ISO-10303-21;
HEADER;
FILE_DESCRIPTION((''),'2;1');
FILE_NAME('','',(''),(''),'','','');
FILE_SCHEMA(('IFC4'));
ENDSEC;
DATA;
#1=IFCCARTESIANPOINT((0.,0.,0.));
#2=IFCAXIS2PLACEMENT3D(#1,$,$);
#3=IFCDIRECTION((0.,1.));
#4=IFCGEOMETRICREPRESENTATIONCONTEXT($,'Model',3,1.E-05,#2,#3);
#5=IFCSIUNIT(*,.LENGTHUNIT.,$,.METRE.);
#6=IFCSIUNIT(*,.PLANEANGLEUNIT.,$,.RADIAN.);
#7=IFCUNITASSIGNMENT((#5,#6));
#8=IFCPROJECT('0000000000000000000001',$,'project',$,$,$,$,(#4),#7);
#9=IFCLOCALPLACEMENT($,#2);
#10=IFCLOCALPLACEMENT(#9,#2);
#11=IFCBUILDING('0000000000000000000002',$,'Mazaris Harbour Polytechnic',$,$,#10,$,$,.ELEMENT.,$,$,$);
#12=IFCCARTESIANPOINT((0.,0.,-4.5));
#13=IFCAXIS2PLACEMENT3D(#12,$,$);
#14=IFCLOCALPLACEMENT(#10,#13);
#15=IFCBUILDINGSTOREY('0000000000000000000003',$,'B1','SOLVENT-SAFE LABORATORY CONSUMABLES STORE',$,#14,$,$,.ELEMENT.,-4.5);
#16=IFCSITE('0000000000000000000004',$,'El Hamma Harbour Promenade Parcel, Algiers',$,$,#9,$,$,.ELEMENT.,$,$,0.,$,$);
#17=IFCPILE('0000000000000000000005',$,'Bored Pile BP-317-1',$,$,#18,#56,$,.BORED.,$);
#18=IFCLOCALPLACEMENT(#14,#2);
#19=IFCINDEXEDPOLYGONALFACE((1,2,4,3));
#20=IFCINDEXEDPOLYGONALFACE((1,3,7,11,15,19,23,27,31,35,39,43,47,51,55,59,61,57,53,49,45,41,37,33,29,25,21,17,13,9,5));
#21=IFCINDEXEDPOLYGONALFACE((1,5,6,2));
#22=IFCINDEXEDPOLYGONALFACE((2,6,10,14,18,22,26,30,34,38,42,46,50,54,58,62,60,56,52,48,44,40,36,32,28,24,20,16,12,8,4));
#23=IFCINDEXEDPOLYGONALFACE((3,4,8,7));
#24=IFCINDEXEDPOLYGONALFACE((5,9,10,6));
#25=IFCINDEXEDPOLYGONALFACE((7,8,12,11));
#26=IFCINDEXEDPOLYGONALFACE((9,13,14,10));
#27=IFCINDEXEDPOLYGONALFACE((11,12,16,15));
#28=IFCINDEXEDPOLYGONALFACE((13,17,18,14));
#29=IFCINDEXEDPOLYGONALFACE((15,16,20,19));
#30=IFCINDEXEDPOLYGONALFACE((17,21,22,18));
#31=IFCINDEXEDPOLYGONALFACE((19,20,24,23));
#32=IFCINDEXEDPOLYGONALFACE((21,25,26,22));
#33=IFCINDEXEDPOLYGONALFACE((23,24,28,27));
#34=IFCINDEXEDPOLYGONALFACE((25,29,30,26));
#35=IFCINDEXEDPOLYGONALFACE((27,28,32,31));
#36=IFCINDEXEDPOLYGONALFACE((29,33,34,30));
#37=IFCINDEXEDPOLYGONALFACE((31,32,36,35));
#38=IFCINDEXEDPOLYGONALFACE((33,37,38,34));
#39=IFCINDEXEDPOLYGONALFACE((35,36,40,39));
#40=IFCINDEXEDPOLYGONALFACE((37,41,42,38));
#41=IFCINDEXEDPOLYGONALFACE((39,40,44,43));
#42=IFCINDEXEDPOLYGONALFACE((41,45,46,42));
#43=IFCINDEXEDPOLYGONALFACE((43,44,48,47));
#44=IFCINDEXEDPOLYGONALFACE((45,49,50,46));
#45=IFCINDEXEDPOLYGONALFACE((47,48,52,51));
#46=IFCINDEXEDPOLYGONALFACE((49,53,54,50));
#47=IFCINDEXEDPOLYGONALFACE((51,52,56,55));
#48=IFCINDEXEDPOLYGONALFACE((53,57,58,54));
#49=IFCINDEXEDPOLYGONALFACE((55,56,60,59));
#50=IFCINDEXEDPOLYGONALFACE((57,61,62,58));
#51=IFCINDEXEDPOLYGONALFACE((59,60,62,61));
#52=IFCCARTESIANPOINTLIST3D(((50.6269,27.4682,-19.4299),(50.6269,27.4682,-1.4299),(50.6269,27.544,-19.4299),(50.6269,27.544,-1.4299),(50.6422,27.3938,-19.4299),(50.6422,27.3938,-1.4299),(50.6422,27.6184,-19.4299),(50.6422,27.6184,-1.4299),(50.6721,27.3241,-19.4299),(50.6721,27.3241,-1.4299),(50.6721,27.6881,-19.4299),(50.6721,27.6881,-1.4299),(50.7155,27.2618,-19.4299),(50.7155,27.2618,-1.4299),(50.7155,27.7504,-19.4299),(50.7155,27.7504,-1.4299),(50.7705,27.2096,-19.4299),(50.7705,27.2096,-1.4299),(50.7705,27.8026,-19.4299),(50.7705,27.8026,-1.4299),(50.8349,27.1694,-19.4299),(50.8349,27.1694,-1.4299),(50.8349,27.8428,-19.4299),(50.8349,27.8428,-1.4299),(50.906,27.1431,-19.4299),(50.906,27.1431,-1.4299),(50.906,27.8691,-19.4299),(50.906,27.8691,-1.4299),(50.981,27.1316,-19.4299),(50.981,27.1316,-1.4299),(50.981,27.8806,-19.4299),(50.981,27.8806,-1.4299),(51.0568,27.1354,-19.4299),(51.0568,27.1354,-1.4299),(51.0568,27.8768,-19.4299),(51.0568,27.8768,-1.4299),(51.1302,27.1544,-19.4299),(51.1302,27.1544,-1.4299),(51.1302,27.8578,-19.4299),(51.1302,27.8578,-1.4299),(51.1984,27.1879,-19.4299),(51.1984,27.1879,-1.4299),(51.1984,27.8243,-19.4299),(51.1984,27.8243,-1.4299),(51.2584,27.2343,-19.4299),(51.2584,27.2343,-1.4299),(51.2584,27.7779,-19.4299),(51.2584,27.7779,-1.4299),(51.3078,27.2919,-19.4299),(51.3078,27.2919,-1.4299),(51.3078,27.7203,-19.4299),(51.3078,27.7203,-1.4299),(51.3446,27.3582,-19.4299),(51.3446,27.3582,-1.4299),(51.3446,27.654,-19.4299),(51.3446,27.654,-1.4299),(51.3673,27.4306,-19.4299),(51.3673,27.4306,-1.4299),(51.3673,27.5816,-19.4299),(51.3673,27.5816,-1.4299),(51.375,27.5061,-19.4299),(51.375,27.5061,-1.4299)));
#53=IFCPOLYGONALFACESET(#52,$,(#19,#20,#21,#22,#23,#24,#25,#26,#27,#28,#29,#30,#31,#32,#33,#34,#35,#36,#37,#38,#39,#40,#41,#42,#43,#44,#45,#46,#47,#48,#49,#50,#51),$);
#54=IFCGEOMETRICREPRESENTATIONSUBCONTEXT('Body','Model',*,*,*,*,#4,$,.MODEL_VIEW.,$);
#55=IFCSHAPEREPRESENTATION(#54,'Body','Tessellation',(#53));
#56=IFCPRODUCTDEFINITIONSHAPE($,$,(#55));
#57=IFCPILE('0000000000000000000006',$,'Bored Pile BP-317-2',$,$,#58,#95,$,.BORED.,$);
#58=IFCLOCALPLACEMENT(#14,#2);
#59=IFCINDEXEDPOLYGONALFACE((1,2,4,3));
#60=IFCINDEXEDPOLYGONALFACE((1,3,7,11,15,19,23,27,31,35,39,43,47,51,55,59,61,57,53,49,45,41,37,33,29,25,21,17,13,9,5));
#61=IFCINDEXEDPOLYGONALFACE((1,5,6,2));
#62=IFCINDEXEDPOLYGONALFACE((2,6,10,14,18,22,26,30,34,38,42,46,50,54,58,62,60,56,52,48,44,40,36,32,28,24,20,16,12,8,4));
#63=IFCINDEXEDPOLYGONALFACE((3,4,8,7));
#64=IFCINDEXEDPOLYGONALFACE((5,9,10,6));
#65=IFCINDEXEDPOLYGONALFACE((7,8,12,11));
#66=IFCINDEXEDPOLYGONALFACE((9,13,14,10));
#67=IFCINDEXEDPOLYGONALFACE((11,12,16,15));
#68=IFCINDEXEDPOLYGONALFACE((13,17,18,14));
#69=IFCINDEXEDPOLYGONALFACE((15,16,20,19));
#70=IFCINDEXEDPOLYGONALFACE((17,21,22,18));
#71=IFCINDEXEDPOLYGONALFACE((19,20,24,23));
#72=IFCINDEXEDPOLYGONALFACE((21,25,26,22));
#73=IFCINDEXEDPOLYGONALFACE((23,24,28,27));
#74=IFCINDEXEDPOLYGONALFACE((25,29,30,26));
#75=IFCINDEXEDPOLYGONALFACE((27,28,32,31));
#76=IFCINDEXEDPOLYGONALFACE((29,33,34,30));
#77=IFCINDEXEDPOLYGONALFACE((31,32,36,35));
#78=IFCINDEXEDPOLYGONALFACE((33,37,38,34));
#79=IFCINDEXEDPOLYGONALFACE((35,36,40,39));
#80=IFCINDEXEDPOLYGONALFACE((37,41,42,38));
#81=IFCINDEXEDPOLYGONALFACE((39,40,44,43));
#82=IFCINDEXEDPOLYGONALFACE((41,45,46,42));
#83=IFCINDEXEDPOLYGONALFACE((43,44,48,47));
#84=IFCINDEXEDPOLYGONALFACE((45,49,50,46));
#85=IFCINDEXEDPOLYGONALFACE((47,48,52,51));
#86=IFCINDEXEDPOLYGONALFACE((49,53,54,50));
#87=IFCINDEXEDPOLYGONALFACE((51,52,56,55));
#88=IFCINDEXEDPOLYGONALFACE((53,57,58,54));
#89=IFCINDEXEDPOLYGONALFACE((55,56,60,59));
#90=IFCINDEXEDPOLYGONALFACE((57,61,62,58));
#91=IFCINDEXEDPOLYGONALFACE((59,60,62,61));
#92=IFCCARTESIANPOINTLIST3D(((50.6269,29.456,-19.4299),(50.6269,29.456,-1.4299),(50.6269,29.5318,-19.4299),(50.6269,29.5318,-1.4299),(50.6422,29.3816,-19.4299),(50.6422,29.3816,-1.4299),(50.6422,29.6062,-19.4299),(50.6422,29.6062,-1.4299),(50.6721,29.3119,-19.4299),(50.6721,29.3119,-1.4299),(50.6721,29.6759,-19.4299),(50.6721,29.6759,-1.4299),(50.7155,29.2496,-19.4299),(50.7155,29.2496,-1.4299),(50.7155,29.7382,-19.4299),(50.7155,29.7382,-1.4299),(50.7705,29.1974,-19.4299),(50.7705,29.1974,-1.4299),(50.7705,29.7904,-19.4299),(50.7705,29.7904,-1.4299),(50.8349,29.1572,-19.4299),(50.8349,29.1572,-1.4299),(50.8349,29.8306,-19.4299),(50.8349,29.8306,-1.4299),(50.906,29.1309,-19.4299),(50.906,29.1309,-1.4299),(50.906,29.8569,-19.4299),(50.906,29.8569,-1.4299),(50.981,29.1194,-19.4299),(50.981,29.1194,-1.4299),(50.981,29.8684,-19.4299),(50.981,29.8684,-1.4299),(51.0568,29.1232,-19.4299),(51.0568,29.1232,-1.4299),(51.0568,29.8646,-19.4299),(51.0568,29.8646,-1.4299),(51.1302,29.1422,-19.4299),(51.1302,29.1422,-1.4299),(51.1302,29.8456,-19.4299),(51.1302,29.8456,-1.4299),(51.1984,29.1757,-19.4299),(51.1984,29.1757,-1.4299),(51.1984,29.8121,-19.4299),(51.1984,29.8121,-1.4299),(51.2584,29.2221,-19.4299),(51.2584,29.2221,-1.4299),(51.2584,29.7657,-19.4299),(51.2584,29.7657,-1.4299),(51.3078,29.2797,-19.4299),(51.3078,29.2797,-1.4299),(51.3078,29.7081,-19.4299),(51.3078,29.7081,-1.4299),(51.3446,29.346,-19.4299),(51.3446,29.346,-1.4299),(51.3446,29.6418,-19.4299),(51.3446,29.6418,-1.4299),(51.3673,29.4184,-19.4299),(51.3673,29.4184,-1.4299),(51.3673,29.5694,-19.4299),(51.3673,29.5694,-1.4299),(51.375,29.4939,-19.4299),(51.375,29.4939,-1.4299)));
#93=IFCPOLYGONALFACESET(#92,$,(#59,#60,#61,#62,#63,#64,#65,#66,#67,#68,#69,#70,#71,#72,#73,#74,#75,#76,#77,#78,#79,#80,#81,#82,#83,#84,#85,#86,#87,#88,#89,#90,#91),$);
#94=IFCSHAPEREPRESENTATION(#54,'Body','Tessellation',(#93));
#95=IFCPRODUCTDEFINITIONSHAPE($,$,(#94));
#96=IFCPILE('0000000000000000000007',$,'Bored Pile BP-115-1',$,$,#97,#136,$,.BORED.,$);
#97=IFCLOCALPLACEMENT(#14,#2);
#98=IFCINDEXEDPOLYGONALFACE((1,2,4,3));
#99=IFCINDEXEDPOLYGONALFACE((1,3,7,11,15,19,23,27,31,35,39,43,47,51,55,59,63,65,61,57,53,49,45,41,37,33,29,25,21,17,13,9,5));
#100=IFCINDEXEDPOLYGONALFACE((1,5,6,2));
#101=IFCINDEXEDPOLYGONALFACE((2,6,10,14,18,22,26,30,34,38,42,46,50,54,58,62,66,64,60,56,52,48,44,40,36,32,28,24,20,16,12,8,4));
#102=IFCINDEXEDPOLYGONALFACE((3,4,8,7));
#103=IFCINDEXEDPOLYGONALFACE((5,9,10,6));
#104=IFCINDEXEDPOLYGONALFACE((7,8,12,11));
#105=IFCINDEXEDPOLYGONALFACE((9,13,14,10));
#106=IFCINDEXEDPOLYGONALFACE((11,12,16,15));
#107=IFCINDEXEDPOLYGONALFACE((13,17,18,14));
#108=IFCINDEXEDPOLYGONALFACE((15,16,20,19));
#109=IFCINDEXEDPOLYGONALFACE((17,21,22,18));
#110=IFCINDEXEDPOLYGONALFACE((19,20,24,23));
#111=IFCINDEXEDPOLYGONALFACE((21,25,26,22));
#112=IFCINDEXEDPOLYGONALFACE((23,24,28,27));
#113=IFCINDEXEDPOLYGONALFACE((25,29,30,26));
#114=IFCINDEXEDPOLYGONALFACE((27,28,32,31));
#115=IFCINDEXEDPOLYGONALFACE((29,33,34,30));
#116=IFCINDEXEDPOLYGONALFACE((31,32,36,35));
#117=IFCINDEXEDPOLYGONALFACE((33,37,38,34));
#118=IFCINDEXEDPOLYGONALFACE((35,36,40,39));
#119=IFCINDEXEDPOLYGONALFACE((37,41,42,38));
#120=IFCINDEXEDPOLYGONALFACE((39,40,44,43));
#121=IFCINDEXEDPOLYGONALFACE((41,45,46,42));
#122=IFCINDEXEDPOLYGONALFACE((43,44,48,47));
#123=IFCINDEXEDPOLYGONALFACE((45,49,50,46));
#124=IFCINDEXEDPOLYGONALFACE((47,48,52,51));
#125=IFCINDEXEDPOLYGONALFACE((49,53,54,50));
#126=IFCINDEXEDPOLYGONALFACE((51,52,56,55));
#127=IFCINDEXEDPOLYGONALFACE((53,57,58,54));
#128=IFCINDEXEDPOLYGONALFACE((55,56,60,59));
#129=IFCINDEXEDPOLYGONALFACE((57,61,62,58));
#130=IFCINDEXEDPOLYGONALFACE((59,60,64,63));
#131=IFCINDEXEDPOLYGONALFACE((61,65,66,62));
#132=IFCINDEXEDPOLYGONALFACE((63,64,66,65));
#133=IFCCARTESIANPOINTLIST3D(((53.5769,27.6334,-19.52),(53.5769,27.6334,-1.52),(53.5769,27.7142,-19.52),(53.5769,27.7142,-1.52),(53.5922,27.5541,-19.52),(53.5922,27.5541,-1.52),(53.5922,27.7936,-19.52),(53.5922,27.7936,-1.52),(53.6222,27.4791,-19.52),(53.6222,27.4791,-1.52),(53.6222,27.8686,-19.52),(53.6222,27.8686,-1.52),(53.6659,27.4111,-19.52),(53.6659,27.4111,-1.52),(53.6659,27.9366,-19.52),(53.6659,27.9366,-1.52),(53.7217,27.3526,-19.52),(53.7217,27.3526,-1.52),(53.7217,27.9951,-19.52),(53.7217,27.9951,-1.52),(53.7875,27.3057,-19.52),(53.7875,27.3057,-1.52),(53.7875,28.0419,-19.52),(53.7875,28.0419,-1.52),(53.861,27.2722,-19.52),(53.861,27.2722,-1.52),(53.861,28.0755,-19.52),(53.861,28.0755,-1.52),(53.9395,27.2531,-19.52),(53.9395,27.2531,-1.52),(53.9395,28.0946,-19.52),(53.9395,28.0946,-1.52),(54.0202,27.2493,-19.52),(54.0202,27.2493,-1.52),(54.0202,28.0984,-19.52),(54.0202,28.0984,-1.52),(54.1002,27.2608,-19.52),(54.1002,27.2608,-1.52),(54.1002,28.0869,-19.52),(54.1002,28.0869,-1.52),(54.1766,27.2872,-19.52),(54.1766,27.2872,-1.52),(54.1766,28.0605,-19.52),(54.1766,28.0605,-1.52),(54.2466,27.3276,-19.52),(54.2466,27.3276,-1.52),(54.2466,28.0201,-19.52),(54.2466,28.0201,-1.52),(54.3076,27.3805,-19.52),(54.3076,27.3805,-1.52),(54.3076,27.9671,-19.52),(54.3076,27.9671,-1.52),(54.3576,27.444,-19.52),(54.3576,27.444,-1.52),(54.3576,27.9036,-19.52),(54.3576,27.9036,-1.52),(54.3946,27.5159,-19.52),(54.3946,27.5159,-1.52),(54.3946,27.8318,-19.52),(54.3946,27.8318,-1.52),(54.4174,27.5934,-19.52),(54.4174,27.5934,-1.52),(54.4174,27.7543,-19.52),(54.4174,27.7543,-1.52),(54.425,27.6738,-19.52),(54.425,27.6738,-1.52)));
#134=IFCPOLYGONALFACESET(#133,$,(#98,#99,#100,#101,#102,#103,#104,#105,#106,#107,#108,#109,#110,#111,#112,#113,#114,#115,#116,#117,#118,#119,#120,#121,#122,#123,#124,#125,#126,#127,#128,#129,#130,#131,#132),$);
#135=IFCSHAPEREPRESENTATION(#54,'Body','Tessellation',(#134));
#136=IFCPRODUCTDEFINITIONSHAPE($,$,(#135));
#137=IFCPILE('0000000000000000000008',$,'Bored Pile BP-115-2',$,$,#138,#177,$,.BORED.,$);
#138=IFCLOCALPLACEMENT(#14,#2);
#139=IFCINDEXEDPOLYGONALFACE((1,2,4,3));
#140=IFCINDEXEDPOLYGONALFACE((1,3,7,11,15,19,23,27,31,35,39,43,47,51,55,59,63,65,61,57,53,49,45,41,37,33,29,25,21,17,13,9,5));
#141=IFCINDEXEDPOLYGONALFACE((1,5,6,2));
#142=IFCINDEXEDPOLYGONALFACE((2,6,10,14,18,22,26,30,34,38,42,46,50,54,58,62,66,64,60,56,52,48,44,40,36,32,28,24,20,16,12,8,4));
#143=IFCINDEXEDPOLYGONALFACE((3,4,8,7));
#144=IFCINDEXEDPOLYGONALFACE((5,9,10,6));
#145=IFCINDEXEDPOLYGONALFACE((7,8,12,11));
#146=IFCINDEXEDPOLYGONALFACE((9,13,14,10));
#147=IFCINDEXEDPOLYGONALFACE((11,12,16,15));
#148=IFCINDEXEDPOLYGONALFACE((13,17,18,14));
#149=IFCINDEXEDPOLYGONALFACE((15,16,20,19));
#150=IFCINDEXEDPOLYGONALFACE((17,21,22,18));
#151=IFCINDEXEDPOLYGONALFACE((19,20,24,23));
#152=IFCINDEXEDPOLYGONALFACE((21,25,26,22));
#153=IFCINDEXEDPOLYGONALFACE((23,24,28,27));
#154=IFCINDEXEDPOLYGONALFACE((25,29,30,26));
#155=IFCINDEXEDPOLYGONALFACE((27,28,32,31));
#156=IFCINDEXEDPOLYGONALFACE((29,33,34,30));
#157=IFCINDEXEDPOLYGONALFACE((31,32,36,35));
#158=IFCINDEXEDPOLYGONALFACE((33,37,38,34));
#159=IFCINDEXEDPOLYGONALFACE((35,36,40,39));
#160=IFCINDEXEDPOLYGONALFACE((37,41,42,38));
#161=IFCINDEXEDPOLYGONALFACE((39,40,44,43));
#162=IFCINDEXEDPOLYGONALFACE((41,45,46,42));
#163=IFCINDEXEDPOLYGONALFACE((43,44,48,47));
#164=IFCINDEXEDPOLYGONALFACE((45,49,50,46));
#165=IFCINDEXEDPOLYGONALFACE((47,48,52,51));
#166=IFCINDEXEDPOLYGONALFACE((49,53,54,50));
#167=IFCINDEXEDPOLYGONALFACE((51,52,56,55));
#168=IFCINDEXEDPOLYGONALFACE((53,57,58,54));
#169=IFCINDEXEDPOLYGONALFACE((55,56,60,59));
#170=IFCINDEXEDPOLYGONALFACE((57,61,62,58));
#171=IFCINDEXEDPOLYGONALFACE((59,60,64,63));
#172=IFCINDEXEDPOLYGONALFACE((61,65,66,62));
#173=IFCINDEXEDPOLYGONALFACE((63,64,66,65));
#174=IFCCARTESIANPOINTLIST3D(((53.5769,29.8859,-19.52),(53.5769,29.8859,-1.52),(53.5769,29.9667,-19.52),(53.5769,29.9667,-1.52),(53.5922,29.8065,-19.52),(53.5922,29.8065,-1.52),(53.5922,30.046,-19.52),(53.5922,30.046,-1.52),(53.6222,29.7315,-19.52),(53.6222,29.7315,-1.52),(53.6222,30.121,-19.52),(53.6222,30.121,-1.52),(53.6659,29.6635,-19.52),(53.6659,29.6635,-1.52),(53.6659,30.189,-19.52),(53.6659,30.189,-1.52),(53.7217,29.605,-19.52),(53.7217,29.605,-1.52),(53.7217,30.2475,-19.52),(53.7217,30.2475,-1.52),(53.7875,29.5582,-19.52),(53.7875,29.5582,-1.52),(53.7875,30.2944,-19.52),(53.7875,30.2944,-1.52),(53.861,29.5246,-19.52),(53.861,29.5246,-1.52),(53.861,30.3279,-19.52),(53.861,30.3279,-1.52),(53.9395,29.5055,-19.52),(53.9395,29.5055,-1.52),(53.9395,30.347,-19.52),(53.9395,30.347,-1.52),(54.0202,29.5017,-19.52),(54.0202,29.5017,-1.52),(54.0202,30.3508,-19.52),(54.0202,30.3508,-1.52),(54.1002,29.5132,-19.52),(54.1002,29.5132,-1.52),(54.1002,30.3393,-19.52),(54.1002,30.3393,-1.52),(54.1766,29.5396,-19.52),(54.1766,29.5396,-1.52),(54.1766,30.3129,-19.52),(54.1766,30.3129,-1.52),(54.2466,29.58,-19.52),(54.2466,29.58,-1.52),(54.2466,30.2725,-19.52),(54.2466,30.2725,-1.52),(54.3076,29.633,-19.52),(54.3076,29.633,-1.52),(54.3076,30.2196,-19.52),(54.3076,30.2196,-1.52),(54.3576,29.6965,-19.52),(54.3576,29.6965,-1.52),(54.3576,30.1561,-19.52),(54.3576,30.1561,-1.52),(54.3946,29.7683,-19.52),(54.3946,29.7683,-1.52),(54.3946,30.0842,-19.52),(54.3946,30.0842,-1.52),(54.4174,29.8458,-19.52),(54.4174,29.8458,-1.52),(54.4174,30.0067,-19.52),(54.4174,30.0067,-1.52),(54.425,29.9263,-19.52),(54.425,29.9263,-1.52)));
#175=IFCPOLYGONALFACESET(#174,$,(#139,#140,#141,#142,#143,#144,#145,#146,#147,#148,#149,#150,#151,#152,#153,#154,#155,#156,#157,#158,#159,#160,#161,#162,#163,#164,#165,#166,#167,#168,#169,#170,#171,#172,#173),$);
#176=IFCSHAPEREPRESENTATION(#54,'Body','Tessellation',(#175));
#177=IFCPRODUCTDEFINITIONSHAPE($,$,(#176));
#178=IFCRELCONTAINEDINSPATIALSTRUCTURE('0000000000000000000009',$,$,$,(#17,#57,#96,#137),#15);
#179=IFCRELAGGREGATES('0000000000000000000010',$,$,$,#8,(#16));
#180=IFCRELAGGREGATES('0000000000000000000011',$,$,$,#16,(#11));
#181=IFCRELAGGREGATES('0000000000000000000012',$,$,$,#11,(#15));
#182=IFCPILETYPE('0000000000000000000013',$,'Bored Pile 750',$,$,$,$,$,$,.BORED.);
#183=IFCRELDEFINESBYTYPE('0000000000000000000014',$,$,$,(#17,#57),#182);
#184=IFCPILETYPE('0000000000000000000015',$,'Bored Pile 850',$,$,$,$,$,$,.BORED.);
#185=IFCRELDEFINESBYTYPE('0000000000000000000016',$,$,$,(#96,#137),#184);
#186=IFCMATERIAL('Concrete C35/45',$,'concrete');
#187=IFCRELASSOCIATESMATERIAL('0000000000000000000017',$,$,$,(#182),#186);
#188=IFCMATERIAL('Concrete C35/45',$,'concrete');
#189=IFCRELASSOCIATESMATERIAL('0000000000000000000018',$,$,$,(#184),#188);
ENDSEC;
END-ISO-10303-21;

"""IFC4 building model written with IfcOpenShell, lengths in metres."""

from ifc_helpers import new_model, si_unit, direction, frame, origin, origin_2d, place, context, subcontext, project, spatial, circle, extrude, material, material_profile, profile_set, type_object, element, save


model = new_model("IFC4")

# Units and contexts
model_context = context("Model", 3, precision=1e-05, world=origin(), true_north=direction((0.0, 1.0)))
body_context = subcontext(model_context, "Body", "Model", "MODEL_VIEW")
ifc_project = project(units=[si_unit("LENGTHUNIT", "METRE"), si_unit("PLANEANGLEUNIT", "RADIAN")], contexts=[model_context])

# Site, building, storey
site_placement = place(None, origin())
site = spatial("IfcSite", under=ifc_project, at=site_placement, Name="El Hamma Harbour Promenade Parcel, Algiers", CompositionType="ELEMENT", RefElevation=0.0)
building_placement = place(site_placement, origin())
building = spatial("IfcBuilding", under=site, at=building_placement, Name="Mazaris Harbour Polytechnic", CompositionType="ELEMENT")
storey_placement = place(building_placement, frame((0.0, 0.0, -4.5)))
storey = spatial("IfcBuildingStorey", under=building, at=storey_placement, Name="B1", Description="SOLVENT-SAFE LABORATORY CONSUMABLES STORE", CompositionType="ELEMENT", Elevation=-4.5)

# Piles
ifc_material_1 = material(Name="Concrete C35/45", Category="concrete")
ifc_material_profile_1 = material_profile(ifc_material_1, circle(Radius=0.375, at=origin_2d()), Name="DIA750")
ifc_profile_set_1 = profile_set([ifc_material_profile_1], Name="Concrete C35/45")
pile_type_1 = type_object("IfcPileType", Name="Bored Pile 750", PredefinedType="BORED", material=ifc_profile_set_1)
for number, where, z_axis, x_axis, name in (
    (1, (51.0, 27.5061, -1.4299), (0.0, 0.0, -1.0), (1.0, 0.0, 0.0), "Bored Pile BP-317-1"),
    (2, (51.0, 29.4939, -1.4299), (0.0, 0.0, -1.0), (1.0, 0.0, 0.0), "Bored Pile BP-317-2"),
):
    element("IfcPile", number, at=place(storey_placement, frame(where, z_axis=z_axis, x_axis=x_axis)), inside=storey, type_object=pile_type_1, Name=name, PredefinedType="BORED", context=body_context, shape_type="SweptSolid", body=[
        extrude(circle(Radius=0.375, at=origin_2d()), origin(), (0.0, 0.0, 1.0), 18.0),
    ])
ifc_material_2 = material(Name="Concrete C35/45", Category="concrete")
ifc_material_profile_2 = material_profile(ifc_material_2, circle(Radius=0.425, at=origin_2d()), Name="DIA850")
ifc_profile_set_2 = profile_set([ifc_material_profile_2], Name="Concrete C35/45")
pile_type_2 = type_object("IfcPileType", Name="Bored Pile 850", PredefinedType="BORED", material=ifc_profile_set_2)
for number, where, z_axis, x_axis, name in (
    (3, (54.0, 27.6738, -1.52), (0.0, 0.0, -1.0), (1.0, 0.0, 0.0), "Bored Pile BP-115-1"),
    (4, (54.0, 29.9263, -1.52), (0.0, 0.0, -1.0), (1.0, 0.0, 0.0), "Bored Pile BP-115-2"),
):
    element("IfcPile", number, at=place(storey_placement, frame(where, z_axis=z_axis, x_axis=x_axis)), inside=storey, type_object=pile_type_2, Name=name, PredefinedType="BORED", context=body_context, shape_type="SweptSolid", body=[
        extrude(circle(Radius=0.425, at=origin_2d()), origin(), (0.0, 0.0, 1.0), 18.0),
    ])

save(model, "model.ifc")
